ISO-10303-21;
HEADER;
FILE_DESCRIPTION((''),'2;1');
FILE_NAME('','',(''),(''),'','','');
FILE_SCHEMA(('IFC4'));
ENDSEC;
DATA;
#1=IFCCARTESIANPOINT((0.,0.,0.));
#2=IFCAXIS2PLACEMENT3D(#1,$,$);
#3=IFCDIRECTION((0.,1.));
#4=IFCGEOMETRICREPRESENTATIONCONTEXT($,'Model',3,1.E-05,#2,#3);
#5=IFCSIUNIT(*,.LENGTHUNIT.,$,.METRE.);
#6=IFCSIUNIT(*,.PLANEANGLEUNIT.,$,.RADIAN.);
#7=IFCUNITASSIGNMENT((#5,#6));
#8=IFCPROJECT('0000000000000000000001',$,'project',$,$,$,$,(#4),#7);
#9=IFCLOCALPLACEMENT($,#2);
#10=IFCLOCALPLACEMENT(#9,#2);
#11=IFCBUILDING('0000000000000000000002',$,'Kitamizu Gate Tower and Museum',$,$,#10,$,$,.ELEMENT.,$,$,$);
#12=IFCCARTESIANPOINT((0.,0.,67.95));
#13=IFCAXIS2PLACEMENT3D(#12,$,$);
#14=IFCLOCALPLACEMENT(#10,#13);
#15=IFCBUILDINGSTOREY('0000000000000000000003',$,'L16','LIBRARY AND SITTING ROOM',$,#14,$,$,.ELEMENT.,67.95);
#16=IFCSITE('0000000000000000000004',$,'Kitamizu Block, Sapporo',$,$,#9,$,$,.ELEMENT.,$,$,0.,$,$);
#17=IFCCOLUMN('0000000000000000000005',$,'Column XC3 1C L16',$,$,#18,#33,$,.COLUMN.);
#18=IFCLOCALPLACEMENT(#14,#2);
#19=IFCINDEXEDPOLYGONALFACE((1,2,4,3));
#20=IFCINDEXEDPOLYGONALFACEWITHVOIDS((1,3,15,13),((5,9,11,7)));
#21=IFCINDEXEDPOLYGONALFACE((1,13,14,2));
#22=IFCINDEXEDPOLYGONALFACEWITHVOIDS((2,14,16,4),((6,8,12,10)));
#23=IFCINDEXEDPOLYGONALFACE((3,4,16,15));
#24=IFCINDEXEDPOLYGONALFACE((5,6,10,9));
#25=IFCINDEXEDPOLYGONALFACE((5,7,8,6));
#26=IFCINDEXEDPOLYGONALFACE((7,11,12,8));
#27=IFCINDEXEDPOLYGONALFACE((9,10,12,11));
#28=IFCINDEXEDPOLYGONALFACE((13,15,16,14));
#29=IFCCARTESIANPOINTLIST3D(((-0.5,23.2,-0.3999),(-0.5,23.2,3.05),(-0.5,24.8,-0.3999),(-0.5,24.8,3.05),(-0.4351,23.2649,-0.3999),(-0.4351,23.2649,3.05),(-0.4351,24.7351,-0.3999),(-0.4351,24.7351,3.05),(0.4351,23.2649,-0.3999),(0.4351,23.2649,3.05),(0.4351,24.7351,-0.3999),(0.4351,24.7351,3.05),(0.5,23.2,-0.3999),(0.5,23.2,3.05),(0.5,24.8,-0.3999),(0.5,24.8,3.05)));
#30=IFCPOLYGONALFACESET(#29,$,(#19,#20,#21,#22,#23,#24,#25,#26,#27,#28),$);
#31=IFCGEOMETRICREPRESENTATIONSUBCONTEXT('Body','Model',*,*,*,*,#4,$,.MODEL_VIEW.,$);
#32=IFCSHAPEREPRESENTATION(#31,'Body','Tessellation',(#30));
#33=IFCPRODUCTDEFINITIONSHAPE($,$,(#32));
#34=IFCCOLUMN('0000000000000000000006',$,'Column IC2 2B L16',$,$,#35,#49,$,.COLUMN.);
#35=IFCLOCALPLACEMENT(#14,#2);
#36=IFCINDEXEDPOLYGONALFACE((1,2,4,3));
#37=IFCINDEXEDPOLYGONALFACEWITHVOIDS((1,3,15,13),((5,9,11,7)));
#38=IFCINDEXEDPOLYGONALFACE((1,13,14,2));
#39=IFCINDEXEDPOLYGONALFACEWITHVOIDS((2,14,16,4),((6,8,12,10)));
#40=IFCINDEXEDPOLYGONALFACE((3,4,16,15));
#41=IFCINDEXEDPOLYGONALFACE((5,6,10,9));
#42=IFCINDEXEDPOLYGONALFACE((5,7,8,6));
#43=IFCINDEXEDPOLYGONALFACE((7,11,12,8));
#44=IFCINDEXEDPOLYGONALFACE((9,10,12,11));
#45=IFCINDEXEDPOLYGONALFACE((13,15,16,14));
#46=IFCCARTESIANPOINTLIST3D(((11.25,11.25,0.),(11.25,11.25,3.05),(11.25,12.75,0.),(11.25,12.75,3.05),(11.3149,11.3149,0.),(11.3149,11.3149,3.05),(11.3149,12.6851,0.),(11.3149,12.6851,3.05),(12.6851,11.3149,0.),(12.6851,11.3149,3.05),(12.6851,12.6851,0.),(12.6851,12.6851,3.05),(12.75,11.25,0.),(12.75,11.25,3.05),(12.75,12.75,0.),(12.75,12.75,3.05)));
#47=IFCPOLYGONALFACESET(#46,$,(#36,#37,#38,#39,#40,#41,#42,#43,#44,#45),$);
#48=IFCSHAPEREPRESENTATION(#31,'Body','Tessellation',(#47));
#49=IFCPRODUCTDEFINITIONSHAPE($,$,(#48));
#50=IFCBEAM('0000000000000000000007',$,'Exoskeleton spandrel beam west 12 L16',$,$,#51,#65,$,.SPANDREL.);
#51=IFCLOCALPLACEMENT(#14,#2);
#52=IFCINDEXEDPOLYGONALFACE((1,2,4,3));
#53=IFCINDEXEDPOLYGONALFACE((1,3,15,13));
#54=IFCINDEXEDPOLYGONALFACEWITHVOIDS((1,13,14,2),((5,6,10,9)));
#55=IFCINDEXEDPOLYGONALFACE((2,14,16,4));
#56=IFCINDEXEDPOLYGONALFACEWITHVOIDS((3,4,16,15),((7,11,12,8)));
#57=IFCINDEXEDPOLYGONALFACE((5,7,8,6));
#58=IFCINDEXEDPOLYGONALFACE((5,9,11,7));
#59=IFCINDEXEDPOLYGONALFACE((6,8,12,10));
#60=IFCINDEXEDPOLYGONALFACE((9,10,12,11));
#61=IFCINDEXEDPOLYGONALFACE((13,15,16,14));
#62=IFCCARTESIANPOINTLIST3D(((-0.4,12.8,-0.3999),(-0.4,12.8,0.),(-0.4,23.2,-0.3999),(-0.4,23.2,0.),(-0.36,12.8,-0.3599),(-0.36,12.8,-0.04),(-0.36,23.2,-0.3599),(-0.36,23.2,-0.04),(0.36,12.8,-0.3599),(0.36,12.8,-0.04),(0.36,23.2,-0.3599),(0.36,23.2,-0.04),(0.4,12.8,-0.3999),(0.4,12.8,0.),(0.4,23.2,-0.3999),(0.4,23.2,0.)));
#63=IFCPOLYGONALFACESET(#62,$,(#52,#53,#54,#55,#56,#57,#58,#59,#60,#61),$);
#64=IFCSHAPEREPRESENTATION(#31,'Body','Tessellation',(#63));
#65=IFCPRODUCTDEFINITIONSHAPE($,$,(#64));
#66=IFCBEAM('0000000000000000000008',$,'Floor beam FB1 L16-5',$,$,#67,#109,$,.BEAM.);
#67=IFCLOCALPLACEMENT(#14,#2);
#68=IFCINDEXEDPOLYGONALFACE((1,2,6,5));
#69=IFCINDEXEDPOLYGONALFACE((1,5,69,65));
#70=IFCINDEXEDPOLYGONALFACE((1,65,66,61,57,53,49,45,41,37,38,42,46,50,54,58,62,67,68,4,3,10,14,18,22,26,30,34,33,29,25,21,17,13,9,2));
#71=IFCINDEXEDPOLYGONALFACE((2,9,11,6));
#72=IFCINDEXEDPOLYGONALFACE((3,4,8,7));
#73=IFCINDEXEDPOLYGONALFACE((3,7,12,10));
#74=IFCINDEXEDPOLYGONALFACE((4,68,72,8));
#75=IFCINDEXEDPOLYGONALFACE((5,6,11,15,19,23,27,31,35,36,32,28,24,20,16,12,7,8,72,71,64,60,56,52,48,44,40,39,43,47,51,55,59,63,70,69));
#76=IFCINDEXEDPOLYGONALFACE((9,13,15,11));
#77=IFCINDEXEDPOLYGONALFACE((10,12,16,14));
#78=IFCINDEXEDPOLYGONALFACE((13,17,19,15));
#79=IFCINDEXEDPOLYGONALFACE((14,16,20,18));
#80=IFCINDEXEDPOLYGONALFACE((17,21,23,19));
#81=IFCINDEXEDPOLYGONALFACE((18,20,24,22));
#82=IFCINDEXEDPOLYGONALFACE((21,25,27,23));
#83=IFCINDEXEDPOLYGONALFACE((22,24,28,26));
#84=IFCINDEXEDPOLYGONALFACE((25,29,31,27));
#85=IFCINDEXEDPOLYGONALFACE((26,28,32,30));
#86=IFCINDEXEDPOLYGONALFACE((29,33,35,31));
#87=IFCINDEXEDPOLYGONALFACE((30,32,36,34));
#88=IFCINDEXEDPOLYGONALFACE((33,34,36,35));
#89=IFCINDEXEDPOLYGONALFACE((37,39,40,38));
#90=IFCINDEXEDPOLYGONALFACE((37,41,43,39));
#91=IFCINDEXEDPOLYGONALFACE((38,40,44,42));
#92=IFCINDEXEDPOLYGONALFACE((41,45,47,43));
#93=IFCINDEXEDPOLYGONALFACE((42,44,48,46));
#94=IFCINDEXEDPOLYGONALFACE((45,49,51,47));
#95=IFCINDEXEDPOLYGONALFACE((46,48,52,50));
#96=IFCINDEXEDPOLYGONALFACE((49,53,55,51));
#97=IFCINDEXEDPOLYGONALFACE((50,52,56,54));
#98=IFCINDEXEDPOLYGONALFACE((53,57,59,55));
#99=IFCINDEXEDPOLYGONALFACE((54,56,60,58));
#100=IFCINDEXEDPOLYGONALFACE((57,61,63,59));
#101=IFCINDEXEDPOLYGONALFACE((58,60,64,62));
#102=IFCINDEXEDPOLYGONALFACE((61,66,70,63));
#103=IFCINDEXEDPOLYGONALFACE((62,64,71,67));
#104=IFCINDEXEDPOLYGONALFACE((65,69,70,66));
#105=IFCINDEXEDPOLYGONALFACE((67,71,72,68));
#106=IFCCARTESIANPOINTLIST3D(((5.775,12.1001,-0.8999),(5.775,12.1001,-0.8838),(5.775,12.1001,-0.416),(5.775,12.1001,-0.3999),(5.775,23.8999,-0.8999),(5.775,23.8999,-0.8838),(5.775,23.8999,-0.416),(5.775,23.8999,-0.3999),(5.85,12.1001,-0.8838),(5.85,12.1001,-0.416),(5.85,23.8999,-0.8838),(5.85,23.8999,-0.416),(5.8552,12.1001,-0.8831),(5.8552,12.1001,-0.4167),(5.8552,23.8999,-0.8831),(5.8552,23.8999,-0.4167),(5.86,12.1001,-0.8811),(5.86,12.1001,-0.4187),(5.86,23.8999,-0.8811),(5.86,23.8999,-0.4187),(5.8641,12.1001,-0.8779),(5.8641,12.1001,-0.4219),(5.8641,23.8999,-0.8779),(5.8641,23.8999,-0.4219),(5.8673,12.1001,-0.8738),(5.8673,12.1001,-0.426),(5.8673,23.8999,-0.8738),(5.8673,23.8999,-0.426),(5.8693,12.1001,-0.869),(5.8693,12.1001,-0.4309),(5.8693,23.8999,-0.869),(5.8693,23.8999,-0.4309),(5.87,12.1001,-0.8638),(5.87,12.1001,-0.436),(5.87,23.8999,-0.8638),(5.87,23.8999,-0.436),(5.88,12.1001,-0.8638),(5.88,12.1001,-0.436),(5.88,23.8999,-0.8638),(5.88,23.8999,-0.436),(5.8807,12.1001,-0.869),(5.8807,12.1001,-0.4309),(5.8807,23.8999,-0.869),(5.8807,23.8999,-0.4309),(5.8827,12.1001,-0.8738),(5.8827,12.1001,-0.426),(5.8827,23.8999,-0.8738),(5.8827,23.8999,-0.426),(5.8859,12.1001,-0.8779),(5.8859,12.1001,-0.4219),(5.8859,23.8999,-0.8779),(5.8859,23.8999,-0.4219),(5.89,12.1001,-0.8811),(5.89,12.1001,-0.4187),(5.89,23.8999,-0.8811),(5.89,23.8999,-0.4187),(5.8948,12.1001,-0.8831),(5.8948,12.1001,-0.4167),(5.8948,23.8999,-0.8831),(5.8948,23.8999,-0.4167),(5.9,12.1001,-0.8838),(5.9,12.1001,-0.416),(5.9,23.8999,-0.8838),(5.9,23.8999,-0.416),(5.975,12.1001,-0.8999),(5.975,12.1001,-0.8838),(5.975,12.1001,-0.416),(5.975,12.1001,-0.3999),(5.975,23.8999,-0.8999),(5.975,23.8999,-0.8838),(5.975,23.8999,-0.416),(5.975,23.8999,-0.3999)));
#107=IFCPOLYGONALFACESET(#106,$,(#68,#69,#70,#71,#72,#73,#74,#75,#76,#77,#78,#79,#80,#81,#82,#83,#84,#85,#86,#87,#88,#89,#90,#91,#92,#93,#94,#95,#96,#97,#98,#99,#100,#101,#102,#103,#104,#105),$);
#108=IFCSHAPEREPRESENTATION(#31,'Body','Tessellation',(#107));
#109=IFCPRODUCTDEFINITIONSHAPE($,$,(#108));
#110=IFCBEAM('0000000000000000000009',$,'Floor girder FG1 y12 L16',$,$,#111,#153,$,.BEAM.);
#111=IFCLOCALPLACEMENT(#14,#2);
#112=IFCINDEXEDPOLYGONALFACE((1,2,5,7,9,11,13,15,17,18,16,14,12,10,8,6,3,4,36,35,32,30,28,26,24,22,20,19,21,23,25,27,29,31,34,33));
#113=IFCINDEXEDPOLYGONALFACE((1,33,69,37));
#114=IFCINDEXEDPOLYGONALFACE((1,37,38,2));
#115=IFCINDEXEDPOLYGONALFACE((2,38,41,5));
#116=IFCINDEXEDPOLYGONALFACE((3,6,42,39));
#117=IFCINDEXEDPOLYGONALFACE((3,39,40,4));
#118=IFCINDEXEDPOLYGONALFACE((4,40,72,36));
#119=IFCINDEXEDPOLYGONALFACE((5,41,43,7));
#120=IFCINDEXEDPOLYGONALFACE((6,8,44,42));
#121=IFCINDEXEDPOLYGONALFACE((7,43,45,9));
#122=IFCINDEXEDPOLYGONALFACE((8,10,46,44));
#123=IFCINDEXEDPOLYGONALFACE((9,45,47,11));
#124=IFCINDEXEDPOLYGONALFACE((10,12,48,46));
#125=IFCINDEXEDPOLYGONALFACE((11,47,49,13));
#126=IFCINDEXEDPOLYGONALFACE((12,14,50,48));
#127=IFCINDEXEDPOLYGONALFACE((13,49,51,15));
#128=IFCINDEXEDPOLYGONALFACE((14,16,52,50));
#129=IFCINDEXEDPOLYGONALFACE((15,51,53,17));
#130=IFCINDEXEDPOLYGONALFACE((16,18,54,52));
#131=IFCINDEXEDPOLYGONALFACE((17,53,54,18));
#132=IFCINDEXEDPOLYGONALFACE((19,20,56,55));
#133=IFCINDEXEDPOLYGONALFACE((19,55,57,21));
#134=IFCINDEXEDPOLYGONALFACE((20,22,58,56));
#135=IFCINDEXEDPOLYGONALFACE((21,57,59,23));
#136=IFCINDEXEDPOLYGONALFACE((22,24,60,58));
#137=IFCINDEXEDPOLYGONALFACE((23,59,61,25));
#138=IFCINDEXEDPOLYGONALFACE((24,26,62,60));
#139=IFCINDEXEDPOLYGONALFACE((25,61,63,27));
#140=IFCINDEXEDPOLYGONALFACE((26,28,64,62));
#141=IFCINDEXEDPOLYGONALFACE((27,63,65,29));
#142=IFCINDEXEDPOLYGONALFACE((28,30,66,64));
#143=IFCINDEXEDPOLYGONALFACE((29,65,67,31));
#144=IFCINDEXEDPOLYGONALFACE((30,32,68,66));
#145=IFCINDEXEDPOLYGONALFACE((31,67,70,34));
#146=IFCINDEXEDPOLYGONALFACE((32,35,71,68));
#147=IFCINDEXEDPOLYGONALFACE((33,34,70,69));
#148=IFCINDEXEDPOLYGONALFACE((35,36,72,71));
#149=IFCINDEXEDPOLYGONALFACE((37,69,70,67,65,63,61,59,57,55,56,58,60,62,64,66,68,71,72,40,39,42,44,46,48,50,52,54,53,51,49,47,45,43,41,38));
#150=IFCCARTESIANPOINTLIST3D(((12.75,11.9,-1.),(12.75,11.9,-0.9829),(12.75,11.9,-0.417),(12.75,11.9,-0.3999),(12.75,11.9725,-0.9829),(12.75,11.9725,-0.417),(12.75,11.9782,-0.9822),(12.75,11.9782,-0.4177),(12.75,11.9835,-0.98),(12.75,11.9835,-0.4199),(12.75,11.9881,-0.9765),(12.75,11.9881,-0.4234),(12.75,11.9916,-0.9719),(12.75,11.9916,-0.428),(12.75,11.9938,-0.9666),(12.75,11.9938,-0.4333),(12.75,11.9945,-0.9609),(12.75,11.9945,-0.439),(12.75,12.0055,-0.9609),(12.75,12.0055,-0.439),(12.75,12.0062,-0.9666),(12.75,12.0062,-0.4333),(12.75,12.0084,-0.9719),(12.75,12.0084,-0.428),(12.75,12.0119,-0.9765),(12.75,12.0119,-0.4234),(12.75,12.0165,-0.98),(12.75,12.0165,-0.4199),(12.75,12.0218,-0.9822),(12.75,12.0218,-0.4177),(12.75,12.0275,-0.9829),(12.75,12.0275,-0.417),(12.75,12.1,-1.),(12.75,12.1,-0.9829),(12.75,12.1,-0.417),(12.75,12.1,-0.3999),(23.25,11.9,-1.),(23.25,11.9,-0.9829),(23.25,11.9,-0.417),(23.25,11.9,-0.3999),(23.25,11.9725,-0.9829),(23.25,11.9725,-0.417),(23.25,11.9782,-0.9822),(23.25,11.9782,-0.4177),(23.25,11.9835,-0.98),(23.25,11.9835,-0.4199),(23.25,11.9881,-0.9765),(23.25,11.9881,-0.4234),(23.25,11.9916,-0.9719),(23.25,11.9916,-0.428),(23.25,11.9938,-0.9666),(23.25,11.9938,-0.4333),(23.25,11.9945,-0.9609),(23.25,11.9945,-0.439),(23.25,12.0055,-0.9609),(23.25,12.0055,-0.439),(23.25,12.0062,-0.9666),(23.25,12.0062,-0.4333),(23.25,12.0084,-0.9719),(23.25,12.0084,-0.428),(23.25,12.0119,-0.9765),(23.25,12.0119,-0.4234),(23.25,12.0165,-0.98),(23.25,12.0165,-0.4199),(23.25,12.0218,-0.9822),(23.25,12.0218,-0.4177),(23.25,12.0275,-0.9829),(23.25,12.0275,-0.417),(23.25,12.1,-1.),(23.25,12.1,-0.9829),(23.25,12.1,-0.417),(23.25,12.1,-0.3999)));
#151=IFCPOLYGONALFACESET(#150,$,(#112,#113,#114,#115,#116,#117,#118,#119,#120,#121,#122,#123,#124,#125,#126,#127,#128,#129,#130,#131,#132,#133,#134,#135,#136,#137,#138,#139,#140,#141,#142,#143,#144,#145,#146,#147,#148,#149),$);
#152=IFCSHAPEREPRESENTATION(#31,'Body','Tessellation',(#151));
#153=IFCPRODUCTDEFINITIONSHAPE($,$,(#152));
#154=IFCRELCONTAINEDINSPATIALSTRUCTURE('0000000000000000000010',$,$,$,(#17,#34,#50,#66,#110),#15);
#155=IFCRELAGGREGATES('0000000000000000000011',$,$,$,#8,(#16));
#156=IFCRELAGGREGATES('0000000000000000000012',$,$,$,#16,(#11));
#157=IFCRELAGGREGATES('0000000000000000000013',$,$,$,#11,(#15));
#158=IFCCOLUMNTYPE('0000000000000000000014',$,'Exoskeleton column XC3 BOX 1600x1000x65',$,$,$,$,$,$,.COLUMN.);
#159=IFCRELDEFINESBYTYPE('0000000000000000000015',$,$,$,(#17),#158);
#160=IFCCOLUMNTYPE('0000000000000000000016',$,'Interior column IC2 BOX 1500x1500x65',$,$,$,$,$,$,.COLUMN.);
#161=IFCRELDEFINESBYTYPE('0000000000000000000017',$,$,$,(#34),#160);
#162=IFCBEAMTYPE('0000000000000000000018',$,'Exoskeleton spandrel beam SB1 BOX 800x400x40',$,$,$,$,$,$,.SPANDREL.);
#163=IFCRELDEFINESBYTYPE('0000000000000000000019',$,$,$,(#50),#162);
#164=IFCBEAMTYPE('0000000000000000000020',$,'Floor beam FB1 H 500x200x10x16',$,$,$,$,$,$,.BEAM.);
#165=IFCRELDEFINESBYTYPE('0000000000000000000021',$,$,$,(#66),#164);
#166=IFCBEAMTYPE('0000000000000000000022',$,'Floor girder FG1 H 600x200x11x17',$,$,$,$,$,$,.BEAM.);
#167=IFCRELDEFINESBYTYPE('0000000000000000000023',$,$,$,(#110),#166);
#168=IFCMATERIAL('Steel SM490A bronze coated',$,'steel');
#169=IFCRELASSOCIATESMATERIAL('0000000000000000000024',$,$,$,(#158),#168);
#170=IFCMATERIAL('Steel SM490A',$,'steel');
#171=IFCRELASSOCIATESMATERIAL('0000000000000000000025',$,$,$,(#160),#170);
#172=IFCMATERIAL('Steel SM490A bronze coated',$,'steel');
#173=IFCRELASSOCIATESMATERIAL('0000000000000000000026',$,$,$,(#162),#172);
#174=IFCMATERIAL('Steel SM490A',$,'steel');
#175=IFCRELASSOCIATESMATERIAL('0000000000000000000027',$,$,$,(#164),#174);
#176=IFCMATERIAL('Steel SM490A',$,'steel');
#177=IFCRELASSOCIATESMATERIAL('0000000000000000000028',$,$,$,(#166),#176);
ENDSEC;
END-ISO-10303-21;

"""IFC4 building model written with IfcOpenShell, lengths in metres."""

from ifc_helpers import new_model, si_unit, direction, frame, origin, origin_2d, place, context, subcontext, project, spatial, hollow_rectangle, i_section, extrude, material, material_profile, profile_set, type_object, element, save


model = new_model("IFC4")

# Units and contexts
model_context = context("Model", 3, precision=1e-05, world=origin(), true_north=direction((0.0, 1.0)))
body_context = subcontext(model_context, "Body", "Model", "MODEL_VIEW")
ifc_project = project(units=[si_unit("LENGTHUNIT", "METRE"), si_unit("PLANEANGLEUNIT", "RADIAN")], contexts=[model_context])

# Site, building, storey
site_placement = place(None, origin())
site = spatial("IfcSite", under=ifc_project, at=site_placement, Name="Kitamizu Block, Sapporo", CompositionType="ELEMENT", RefElevation=0.0)
building_placement = place(site_placement, origin())
building = spatial("IfcBuilding", under=site, at=building_placement, Name="Kitamizu Gate Tower and Museum", CompositionType="ELEMENT")
storey_placement = place(building_placement, frame((0.0, 0.0, 67.95)))
storey = spatial("IfcBuildingStorey", under=building, at=storey_placement, Name="L16", Description="LIBRARY AND SITTING ROOM", CompositionType="ELEMENT", Elevation=67.95)

# Columns
ifc_material_1 = material(Name="Steel SM490A bronze coated", Category="steel")
ifc_material_profile_1 = material_profile(ifc_material_1, hollow_rectangle(XDim=1.6001, YDim=1.0, WallThickness=0.0649, at=origin_2d()), Name="BOX 1600x1000x65")
ifc_profile_set_1 = profile_set([ifc_material_profile_1], Name="Steel SM490A bronze coated")
column_type_1 = type_object("IfcColumnType", Name="Exoskeleton column XC3 BOX 1600x1000x65", PredefinedType="COLUMN", material=ifc_profile_set_1)
column_1_placement = place(storey_placement, frame((0.0, 24.0, -0.3999), z_axis=(0.0, 0.0, 1.0), x_axis=(0.0, 1.0, 0.0)))
element("IfcColumn", 1, at=column_1_placement, inside=storey, type_object=column_type_1, Name="Column XC3 1C L16", PredefinedType="COLUMN", context=body_context, shape_type="SweptSolid", body=[
    extrude(hollow_rectangle(XDim=1.6001, YDim=1.0, WallThickness=0.0649, at=origin_2d()), origin(), (0.0, 0.0, 1.0), 3.45),
])
ifc_material_2 = material(Name="Steel SM490A", Category="steel")
ifc_material_profile_2 = material_profile(ifc_material_2, hollow_rectangle(XDim=1.5, YDim=1.5, WallThickness=0.0649, at=origin_2d()), Name="BOX 1500x1500x65")
ifc_profile_set_2 = profile_set([ifc_material_profile_2], Name="Steel SM490A")
column_type_2 = type_object("IfcColumnType", Name="Interior column IC2 BOX 1500x1500x65", PredefinedType="COLUMN", material=ifc_profile_set_2)
column_2_placement = place(storey_placement, frame((12.0, 12.0, 0.0), z_axis=(0.0, 0.0, 1.0), x_axis=(1.0, 0.0, 0.0)))
element("IfcColumn", 2, at=column_2_placement, inside=storey, type_object=column_type_2, Name="Column IC2 2B L16", PredefinedType="COLUMN", context=body_context, shape_type="SweptSolid", body=[
    extrude(hollow_rectangle(XDim=1.5, YDim=1.5, WallThickness=0.0649, at=origin_2d()), origin(), (0.0, 0.0, 1.0), 3.05),
])

# Beams
ifc_material_3 = material(Name="Steel SM490A bronze coated", Category="steel")
ifc_material_profile_3 = material_profile(ifc_material_3, hollow_rectangle(XDim=0.8, YDim=0.3999, WallThickness=0.04, at=origin_2d()), Name="BOX 800x400x40")
ifc_profile_set_3 = profile_set([ifc_material_profile_3], Name="Steel SM490A bronze coated")
beam_type_1 = type_object("IfcBeamType", Name="Exoskeleton spandrel beam SB1 BOX 800x400x40", PredefinedType="SPANDREL", material=ifc_profile_set_3)
beam_1_placement = place(storey_placement, frame((0.0, 12.8, -0.2), z_axis=(0.0, 1.0, 0.0), x_axis=(-1.0, 0.0, 0.0)))
element("IfcBeam", 3, at=beam_1_placement, inside=storey, type_object=beam_type_1, Name="Exoskeleton spandrel beam west 12 L16", PredefinedType="SPANDREL", context=body_context, shape_type="SweptSolid", body=[
    extrude(hollow_rectangle(XDim=0.8, YDim=0.3999, WallThickness=0.04, at=origin_2d()), origin(), (0.0, 0.0, 1.0), 10.3999),
])
ifc_material_4 = material(Name="Steel SM490A", Category="steel")
ifc_material_profile_4 = material_profile(ifc_material_4, i_section(OverallWidth=0.2, OverallDepth=0.5, WebThickness=0.01, FlangeThickness=0.0161, FilletRadius=0.02, at=origin_2d()), Name="H-500x200x10x16")
ifc_profile_set_4 = profile_set([ifc_material_profile_4], Name="Steel SM490A")
beam_type_2 = type_object("IfcBeamType", Name="Floor beam FB1 H 500x200x10x16", PredefinedType="BEAM", material=ifc_profile_set_4)
beam_2_placement = place(storey_placement, frame((5.875, 12.1001, -0.6499), z_axis=(0.0, 1.0, 0.0), x_axis=(-1.0, 0.0, 0.0)))
element("IfcBeam", 4, at=beam_2_placement, inside=storey, type_object=beam_type_2, Name="Floor beam FB1 L16-5", PredefinedType="BEAM", context=body_context, shape_type="SweptSolid", body=[
    extrude(i_section(OverallWidth=0.2, OverallDepth=0.5, WebThickness=0.01, FlangeThickness=0.0161, FilletRadius=0.02, at=origin_2d()), origin(), (0.0, 0.0, 1.0), 11.7998),
])
ifc_material_5 = material(Name="Steel SM490A", Category="steel")
ifc_material_profile_5 = material_profile(ifc_material_5, i_section(OverallWidth=0.2, OverallDepth=0.6001, WebThickness=0.011, FlangeThickness=0.0171, FilletRadius=0.022, at=origin_2d()), Name="H-600x200x11x17")
ifc_profile_set_5 = profile_set([ifc_material_profile_5], Name="Steel SM490A")
beam_type_3 = type_object("IfcBeamType", Name="Floor girder FG1 H 600x200x11x17", PredefinedType="BEAM", material=ifc_profile_set_5)
beam_3_placement = place(storey_placement, frame((12.75, 12.0, -0.7), z_axis=(1.0, 0.0, 0.0), x_axis=(0.0, 1.0, 0.0)))
element("IfcBeam", 5, at=beam_3_placement, inside=storey, type_object=beam_type_3, Name="Floor girder FG1 y12 L16", PredefinedType="BEAM", context=body_context, shape_type="SweptSolid", body=[
    extrude(i_section(OverallWidth=0.2, OverallDepth=0.6001, WebThickness=0.011, FlangeThickness=0.0171, FilletRadius=0.022, at=origin_2d()), origin(), (0.0, 0.0, 1.0), 10.5),
])

save(model, "model.ifc")
